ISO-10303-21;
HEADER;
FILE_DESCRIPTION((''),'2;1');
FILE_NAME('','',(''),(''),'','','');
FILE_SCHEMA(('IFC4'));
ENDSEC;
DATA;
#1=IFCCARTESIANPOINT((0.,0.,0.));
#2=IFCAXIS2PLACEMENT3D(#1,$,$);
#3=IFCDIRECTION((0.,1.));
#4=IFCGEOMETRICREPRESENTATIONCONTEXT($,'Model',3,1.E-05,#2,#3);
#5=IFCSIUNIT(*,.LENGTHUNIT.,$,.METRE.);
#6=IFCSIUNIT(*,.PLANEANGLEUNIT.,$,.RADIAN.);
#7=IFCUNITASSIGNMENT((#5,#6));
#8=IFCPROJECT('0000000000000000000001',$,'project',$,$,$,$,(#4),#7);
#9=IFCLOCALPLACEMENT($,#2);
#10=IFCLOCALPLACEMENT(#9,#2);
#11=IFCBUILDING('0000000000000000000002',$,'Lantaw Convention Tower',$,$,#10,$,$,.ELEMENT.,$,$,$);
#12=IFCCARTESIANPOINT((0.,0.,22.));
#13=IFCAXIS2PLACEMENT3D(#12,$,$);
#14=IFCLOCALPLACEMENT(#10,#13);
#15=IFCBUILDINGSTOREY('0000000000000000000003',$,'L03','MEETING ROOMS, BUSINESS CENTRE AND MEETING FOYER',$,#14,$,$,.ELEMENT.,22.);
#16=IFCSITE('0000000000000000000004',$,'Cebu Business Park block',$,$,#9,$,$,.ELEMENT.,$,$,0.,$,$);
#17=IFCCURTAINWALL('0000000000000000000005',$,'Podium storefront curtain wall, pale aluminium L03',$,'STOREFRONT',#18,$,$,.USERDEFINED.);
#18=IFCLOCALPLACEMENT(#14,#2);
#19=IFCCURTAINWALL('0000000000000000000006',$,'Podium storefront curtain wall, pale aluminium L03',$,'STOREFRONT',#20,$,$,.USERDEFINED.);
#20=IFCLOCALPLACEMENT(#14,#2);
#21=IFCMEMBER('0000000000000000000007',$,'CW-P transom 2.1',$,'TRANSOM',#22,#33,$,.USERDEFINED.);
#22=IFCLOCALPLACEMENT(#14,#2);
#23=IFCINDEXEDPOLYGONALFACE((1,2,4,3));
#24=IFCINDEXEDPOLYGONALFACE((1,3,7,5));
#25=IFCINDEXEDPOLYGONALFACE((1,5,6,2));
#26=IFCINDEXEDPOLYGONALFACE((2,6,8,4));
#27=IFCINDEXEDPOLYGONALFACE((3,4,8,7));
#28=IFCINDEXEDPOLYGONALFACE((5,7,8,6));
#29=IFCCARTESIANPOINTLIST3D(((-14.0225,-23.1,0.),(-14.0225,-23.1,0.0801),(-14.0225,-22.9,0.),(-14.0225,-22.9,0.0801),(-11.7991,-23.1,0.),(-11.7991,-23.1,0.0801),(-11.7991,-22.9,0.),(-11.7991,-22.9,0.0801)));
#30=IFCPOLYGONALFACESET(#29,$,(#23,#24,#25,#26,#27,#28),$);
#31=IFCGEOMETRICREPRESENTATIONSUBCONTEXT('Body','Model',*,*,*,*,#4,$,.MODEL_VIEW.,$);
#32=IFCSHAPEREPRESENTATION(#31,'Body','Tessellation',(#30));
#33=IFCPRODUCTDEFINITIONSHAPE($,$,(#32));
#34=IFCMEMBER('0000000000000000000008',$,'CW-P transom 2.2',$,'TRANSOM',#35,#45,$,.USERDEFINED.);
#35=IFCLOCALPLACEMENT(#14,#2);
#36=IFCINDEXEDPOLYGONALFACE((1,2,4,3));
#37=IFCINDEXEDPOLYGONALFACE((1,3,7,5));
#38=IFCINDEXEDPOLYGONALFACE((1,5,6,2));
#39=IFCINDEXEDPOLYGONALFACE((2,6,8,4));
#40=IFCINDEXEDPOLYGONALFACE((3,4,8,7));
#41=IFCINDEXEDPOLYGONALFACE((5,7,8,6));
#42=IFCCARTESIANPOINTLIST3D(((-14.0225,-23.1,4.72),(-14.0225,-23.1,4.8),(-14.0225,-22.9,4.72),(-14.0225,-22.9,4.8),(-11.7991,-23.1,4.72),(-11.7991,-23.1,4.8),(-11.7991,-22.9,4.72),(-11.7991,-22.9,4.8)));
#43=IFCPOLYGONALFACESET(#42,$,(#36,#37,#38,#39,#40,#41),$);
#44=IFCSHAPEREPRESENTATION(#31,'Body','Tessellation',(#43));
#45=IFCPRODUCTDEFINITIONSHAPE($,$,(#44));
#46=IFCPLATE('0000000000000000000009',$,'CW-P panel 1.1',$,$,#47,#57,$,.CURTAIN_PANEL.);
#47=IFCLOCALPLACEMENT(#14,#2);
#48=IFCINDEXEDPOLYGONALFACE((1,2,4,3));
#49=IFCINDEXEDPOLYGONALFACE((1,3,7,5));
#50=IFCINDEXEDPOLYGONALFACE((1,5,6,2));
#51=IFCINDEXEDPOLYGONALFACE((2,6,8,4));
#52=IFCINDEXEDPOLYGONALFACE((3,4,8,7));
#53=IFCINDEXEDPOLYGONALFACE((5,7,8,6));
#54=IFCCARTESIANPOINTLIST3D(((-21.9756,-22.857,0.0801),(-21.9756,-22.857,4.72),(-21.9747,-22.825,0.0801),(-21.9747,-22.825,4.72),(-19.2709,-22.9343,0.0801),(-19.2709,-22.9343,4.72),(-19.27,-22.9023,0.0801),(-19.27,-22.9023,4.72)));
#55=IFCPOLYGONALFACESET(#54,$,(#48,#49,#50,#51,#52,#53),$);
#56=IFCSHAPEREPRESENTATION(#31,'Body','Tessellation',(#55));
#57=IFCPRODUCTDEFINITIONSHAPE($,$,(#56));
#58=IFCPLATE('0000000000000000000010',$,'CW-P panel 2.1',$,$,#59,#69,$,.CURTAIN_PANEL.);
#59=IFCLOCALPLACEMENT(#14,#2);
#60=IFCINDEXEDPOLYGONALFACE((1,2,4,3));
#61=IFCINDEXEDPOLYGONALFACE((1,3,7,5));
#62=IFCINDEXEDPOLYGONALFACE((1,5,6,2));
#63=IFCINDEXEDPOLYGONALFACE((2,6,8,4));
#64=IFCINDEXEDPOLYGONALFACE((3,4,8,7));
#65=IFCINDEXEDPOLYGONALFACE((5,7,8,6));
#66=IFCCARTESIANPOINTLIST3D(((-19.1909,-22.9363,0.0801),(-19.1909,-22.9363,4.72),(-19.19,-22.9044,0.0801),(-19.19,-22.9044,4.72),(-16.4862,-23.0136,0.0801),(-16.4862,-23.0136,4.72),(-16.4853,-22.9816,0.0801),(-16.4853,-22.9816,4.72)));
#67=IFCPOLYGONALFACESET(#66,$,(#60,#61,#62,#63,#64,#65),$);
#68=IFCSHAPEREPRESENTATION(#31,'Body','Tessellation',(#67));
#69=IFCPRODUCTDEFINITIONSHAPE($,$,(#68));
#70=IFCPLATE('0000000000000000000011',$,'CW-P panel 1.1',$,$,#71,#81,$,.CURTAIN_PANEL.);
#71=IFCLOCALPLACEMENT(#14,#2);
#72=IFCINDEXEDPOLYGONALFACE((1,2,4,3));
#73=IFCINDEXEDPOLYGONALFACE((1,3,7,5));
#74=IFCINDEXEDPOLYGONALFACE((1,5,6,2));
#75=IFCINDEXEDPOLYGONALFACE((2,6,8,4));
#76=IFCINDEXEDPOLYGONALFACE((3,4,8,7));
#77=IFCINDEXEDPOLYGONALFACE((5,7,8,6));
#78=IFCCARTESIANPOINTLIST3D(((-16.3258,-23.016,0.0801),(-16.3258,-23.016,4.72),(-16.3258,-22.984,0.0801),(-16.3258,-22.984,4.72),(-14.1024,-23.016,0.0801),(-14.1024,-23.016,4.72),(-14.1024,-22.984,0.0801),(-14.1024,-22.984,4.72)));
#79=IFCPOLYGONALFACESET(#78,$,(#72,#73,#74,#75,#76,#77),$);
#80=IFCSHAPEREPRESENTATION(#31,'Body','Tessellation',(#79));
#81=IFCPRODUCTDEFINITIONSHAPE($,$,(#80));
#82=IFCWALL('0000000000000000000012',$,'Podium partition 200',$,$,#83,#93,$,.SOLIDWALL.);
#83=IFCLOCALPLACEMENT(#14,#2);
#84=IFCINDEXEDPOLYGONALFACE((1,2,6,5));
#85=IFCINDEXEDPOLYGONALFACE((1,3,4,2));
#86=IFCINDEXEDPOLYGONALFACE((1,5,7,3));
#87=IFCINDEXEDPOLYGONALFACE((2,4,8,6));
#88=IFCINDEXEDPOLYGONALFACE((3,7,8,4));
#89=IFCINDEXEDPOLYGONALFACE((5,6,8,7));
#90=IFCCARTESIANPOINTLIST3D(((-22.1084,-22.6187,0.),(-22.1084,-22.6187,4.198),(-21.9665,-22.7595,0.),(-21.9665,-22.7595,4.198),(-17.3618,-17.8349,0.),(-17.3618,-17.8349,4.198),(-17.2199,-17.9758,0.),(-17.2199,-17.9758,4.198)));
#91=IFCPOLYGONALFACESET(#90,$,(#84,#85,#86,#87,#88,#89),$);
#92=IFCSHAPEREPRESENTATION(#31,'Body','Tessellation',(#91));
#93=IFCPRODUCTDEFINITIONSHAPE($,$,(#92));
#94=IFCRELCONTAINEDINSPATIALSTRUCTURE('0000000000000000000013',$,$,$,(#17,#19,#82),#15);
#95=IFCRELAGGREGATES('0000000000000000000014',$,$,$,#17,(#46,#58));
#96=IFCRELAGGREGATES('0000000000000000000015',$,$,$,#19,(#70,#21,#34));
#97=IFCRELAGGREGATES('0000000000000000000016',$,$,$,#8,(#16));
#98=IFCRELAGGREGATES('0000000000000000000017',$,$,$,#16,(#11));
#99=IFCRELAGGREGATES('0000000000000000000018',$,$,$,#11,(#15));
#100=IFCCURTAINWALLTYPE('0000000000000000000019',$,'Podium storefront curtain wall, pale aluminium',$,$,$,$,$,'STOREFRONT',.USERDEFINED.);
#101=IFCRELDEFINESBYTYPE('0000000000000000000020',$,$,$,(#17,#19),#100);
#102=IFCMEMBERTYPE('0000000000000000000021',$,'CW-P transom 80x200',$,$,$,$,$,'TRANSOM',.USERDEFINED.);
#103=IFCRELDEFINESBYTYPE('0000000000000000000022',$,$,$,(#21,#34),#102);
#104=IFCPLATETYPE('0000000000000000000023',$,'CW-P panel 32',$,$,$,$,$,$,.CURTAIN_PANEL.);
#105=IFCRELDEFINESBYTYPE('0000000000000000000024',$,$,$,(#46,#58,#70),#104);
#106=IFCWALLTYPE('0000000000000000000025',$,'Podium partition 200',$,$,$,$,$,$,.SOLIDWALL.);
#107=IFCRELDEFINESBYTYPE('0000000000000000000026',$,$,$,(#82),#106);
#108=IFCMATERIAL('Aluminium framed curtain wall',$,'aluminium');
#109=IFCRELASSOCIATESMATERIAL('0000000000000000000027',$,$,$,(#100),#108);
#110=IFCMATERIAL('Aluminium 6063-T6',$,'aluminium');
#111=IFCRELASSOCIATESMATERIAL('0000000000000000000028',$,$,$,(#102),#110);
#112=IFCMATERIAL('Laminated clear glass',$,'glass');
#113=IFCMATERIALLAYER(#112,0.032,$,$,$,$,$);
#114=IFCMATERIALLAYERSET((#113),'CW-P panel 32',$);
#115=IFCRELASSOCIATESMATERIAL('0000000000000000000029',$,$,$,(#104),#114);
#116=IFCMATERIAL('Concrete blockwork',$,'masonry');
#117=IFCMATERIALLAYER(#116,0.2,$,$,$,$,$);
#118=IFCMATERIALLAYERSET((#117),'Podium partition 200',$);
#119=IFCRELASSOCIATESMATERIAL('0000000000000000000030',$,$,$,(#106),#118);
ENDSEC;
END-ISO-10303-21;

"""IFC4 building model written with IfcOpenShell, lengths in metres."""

from ifc_helpers import new_model, si_unit, direction, frame, frame_2d, origin, origin_2d, place, context, subcontext, project, spatial, rectangle, extrude, material, layer, layer_set, material_profile, profile_set, type_object, element, aggregate, save


model = new_model("IFC4")

# Units and contexts
model_context = context("Model", 3, precision=1e-05, world=origin(), true_north=direction((0.0, 1.0)))
body_context = subcontext(model_context, "Body", "Model", "MODEL_VIEW")
ifc_project = project(units=[si_unit("LENGTHUNIT", "METRE"), si_unit("PLANEANGLEUNIT", "RADIAN")], contexts=[model_context])

# Site, building, storey
site_placement = place(None, origin())
site = spatial("IfcSite", under=ifc_project, at=site_placement, Name="Cebu Business Park block", CompositionType="ELEMENT", RefElevation=0.0)
building_placement = place(site_placement, origin())
building = spatial("IfcBuilding", under=site, at=building_placement, Name="Lantaw Convention Tower", CompositionType="ELEMENT")
storey_placement = place(building_placement, frame((0.0, 0.0, 22.0)))
storey = spatial("IfcBuildingStorey", under=building, at=storey_placement, Name="L03", Description="MEETING ROOMS, BUSINESS CENTRE AND MEETING FOYER", CompositionType="ELEMENT", Elevation=22.0)

# Curtain walls
ifc_material_1 = material(Name="Aluminium framed curtain wall", Category="aluminium")
curtain_wall_type = type_object("IfcCurtainWallType", Name="Podium storefront curtain wall, pale aluminium", ElementType="STOREFRONT", PredefinedType="USERDEFINED", material=ifc_material_1)
curtain_wall_1_placement = place(storey_placement, origin())
curtain_wall_1 = element("IfcCurtainWall", 1, at=curtain_wall_1_placement, inside=storey, type_object=curtain_wall_type, Name="Podium storefront curtain wall, pale aluminium L03", ObjectType="STOREFRONT", PredefinedType="USERDEFINED")
ifc_material_2 = material(Name="Aluminium 6063-T6", Category="aluminium")
curtain_wall_2_placement = place(storey_placement, origin())
curtain_wall_2 = element("IfcCurtainWall", 2, at=curtain_wall_2_placement, inside=storey, type_object=curtain_wall_type, Name="Podium storefront curtain wall, pale aluminium L03", ObjectType="STOREFRONT", PredefinedType="USERDEFINED")

# Members
ifc_material_profile_1 = material_profile(ifc_material_2, rectangle(XDim=0.2, YDim=0.0801, at=origin_2d()), Name="CW-P transom 80x200")
ifc_profile_set_1 = profile_set([ifc_material_profile_1], Name="Aluminium 6063-T6")
member_type_1 = type_object("IfcMemberType", Name="CW-P transom 80x200", ElementType="TRANSOM", PredefinedType="USERDEFINED", material=ifc_profile_set_1)
member_1_placement = place(storey_placement, frame((-14.0225, -23.0, 0.04), z_axis=(1.0, 0.0, 0.0), x_axis=(0.0, 1.0, 0.0)))
member_1 = element("IfcMember", 3, at=member_1_placement, type_object=member_type_1, Name="CW-P transom 2.1", ObjectType="TRANSOM", PredefinedType="USERDEFINED", context=body_context, shape_type="SweptSolid", body=[
    extrude(rectangle(XDim=0.2, YDim=0.0801, at=origin_2d()), origin(), (0.0, 0.0, 1.0), 2.2234),
])
member_2_placement = place(storey_placement, frame((-14.0225, -23.0, 4.76), z_axis=(1.0, 0.0, 0.0), x_axis=(0.0, 1.0, 0.0)))
member_2 = element("IfcMember", 4, at=member_2_placement, type_object=member_type_1, Name="CW-P transom 2.2", ObjectType="TRANSOM", PredefinedType="USERDEFINED", context=body_context, shape_type="SweptSolid", body=[
    extrude(rectangle(XDim=0.2, YDim=0.0801, at=origin_2d()), origin(), (0.0, 0.0, 1.0), 2.2234),
])

# Plates
ifc_material_3 = material(Name="Laminated clear glass", Category="glass")
ifc_layer_1 = layer(ifc_material_3, 0.032)
ifc_layer_set_1 = layer_set([ifc_layer_1], Name="CW-P panel 32")
plate_type = type_object("IfcPlateType", Name="CW-P panel 32", PredefinedType="CURTAIN_PANEL", material=ifc_layer_set_1)
plate_1_placement = place(storey_placement, frame((-20.6228, -22.8796, 0.0801), z_axis=(0.0, 0.0, 1.0), x_axis=(0.999592, -0.028552, 0.0)))
plate_1 = element("IfcPlate", 5, at=plate_1_placement, type_object=plate_type, Name="CW-P panel 1.1", PredefinedType="CURTAIN_PANEL", context=body_context, shape_type="SweptSolid", body=[
    extrude(rectangle(XDim=2.7058, YDim=0.032, at=origin_2d()), origin(), (0.0, 0.0, 1.0), 4.6399),
])
plate_2_placement = place(storey_placement, frame((-17.8381, -22.959, 0.0801), z_axis=(0.0, 0.0, 1.0), x_axis=(0.999592, -0.028552, 0.0)))
plate_2 = element("IfcPlate", 6, at=plate_2_placement, type_object=plate_type, Name="CW-P panel 2.1", PredefinedType="CURTAIN_PANEL", context=body_context, shape_type="SweptSolid", body=[
    extrude(rectangle(XDim=2.7058, YDim=0.032, at=origin_2d()), origin(), (0.0, 0.0, 1.0), 4.6399),
])
aggregate(curtain_wall_1, [plate_1, plate_2])
plate_3_placement = place(storey_placement, frame((-15.2141, -23.0, 0.0801), z_axis=(0.0, 0.0, 1.0), x_axis=(1.0, 0.0, 0.0)))
plate_3 = element("IfcPlate", 7, at=plate_3_placement, type_object=plate_type, Name="CW-P panel 1.1", PredefinedType="CURTAIN_PANEL", context=body_context, shape_type="SweptSolid", body=[
    extrude(rectangle(XDim=2.2234, YDim=0.032, at=origin_2d()), origin(), (0.0, 0.0, 1.0), 4.6399),
])
aggregate(curtain_wall_2, [plate_3, member_1, member_2])

# Wall
ifc_material_4 = material(Name="Concrete blockwork", Category="masonry")
ifc_layer_2 = layer(ifc_material_4, 0.2)
ifc_layer_set_2 = layer_set([ifc_layer_2], Name="Podium partition 200")
wall_type = type_object("IfcWallType", Name="Podium partition 200", PredefinedType="SOLIDWALL", material=ifc_layer_set_2)
wall_placement = place(storey_placement, frame((-17.2908, -17.9053, 0.0), z_axis=(0.0, 0.0, 1.0), x_axis=(-0.704348, -0.709855, 0.0)))
element("IfcWall", 8, at=wall_placement, inside=storey, type_object=wall_type, Name="Podium partition 200", PredefinedType="SOLIDWALL", context=body_context, shape_type="SweptSolid", body=[
    extrude(rectangle(XDim=6.739, YDim=0.2, at=frame_2d((3.3696, 0.0))), origin(), (0.0, 0.0, 1.0), 4.198),
])

save(model, "model.ifc")
